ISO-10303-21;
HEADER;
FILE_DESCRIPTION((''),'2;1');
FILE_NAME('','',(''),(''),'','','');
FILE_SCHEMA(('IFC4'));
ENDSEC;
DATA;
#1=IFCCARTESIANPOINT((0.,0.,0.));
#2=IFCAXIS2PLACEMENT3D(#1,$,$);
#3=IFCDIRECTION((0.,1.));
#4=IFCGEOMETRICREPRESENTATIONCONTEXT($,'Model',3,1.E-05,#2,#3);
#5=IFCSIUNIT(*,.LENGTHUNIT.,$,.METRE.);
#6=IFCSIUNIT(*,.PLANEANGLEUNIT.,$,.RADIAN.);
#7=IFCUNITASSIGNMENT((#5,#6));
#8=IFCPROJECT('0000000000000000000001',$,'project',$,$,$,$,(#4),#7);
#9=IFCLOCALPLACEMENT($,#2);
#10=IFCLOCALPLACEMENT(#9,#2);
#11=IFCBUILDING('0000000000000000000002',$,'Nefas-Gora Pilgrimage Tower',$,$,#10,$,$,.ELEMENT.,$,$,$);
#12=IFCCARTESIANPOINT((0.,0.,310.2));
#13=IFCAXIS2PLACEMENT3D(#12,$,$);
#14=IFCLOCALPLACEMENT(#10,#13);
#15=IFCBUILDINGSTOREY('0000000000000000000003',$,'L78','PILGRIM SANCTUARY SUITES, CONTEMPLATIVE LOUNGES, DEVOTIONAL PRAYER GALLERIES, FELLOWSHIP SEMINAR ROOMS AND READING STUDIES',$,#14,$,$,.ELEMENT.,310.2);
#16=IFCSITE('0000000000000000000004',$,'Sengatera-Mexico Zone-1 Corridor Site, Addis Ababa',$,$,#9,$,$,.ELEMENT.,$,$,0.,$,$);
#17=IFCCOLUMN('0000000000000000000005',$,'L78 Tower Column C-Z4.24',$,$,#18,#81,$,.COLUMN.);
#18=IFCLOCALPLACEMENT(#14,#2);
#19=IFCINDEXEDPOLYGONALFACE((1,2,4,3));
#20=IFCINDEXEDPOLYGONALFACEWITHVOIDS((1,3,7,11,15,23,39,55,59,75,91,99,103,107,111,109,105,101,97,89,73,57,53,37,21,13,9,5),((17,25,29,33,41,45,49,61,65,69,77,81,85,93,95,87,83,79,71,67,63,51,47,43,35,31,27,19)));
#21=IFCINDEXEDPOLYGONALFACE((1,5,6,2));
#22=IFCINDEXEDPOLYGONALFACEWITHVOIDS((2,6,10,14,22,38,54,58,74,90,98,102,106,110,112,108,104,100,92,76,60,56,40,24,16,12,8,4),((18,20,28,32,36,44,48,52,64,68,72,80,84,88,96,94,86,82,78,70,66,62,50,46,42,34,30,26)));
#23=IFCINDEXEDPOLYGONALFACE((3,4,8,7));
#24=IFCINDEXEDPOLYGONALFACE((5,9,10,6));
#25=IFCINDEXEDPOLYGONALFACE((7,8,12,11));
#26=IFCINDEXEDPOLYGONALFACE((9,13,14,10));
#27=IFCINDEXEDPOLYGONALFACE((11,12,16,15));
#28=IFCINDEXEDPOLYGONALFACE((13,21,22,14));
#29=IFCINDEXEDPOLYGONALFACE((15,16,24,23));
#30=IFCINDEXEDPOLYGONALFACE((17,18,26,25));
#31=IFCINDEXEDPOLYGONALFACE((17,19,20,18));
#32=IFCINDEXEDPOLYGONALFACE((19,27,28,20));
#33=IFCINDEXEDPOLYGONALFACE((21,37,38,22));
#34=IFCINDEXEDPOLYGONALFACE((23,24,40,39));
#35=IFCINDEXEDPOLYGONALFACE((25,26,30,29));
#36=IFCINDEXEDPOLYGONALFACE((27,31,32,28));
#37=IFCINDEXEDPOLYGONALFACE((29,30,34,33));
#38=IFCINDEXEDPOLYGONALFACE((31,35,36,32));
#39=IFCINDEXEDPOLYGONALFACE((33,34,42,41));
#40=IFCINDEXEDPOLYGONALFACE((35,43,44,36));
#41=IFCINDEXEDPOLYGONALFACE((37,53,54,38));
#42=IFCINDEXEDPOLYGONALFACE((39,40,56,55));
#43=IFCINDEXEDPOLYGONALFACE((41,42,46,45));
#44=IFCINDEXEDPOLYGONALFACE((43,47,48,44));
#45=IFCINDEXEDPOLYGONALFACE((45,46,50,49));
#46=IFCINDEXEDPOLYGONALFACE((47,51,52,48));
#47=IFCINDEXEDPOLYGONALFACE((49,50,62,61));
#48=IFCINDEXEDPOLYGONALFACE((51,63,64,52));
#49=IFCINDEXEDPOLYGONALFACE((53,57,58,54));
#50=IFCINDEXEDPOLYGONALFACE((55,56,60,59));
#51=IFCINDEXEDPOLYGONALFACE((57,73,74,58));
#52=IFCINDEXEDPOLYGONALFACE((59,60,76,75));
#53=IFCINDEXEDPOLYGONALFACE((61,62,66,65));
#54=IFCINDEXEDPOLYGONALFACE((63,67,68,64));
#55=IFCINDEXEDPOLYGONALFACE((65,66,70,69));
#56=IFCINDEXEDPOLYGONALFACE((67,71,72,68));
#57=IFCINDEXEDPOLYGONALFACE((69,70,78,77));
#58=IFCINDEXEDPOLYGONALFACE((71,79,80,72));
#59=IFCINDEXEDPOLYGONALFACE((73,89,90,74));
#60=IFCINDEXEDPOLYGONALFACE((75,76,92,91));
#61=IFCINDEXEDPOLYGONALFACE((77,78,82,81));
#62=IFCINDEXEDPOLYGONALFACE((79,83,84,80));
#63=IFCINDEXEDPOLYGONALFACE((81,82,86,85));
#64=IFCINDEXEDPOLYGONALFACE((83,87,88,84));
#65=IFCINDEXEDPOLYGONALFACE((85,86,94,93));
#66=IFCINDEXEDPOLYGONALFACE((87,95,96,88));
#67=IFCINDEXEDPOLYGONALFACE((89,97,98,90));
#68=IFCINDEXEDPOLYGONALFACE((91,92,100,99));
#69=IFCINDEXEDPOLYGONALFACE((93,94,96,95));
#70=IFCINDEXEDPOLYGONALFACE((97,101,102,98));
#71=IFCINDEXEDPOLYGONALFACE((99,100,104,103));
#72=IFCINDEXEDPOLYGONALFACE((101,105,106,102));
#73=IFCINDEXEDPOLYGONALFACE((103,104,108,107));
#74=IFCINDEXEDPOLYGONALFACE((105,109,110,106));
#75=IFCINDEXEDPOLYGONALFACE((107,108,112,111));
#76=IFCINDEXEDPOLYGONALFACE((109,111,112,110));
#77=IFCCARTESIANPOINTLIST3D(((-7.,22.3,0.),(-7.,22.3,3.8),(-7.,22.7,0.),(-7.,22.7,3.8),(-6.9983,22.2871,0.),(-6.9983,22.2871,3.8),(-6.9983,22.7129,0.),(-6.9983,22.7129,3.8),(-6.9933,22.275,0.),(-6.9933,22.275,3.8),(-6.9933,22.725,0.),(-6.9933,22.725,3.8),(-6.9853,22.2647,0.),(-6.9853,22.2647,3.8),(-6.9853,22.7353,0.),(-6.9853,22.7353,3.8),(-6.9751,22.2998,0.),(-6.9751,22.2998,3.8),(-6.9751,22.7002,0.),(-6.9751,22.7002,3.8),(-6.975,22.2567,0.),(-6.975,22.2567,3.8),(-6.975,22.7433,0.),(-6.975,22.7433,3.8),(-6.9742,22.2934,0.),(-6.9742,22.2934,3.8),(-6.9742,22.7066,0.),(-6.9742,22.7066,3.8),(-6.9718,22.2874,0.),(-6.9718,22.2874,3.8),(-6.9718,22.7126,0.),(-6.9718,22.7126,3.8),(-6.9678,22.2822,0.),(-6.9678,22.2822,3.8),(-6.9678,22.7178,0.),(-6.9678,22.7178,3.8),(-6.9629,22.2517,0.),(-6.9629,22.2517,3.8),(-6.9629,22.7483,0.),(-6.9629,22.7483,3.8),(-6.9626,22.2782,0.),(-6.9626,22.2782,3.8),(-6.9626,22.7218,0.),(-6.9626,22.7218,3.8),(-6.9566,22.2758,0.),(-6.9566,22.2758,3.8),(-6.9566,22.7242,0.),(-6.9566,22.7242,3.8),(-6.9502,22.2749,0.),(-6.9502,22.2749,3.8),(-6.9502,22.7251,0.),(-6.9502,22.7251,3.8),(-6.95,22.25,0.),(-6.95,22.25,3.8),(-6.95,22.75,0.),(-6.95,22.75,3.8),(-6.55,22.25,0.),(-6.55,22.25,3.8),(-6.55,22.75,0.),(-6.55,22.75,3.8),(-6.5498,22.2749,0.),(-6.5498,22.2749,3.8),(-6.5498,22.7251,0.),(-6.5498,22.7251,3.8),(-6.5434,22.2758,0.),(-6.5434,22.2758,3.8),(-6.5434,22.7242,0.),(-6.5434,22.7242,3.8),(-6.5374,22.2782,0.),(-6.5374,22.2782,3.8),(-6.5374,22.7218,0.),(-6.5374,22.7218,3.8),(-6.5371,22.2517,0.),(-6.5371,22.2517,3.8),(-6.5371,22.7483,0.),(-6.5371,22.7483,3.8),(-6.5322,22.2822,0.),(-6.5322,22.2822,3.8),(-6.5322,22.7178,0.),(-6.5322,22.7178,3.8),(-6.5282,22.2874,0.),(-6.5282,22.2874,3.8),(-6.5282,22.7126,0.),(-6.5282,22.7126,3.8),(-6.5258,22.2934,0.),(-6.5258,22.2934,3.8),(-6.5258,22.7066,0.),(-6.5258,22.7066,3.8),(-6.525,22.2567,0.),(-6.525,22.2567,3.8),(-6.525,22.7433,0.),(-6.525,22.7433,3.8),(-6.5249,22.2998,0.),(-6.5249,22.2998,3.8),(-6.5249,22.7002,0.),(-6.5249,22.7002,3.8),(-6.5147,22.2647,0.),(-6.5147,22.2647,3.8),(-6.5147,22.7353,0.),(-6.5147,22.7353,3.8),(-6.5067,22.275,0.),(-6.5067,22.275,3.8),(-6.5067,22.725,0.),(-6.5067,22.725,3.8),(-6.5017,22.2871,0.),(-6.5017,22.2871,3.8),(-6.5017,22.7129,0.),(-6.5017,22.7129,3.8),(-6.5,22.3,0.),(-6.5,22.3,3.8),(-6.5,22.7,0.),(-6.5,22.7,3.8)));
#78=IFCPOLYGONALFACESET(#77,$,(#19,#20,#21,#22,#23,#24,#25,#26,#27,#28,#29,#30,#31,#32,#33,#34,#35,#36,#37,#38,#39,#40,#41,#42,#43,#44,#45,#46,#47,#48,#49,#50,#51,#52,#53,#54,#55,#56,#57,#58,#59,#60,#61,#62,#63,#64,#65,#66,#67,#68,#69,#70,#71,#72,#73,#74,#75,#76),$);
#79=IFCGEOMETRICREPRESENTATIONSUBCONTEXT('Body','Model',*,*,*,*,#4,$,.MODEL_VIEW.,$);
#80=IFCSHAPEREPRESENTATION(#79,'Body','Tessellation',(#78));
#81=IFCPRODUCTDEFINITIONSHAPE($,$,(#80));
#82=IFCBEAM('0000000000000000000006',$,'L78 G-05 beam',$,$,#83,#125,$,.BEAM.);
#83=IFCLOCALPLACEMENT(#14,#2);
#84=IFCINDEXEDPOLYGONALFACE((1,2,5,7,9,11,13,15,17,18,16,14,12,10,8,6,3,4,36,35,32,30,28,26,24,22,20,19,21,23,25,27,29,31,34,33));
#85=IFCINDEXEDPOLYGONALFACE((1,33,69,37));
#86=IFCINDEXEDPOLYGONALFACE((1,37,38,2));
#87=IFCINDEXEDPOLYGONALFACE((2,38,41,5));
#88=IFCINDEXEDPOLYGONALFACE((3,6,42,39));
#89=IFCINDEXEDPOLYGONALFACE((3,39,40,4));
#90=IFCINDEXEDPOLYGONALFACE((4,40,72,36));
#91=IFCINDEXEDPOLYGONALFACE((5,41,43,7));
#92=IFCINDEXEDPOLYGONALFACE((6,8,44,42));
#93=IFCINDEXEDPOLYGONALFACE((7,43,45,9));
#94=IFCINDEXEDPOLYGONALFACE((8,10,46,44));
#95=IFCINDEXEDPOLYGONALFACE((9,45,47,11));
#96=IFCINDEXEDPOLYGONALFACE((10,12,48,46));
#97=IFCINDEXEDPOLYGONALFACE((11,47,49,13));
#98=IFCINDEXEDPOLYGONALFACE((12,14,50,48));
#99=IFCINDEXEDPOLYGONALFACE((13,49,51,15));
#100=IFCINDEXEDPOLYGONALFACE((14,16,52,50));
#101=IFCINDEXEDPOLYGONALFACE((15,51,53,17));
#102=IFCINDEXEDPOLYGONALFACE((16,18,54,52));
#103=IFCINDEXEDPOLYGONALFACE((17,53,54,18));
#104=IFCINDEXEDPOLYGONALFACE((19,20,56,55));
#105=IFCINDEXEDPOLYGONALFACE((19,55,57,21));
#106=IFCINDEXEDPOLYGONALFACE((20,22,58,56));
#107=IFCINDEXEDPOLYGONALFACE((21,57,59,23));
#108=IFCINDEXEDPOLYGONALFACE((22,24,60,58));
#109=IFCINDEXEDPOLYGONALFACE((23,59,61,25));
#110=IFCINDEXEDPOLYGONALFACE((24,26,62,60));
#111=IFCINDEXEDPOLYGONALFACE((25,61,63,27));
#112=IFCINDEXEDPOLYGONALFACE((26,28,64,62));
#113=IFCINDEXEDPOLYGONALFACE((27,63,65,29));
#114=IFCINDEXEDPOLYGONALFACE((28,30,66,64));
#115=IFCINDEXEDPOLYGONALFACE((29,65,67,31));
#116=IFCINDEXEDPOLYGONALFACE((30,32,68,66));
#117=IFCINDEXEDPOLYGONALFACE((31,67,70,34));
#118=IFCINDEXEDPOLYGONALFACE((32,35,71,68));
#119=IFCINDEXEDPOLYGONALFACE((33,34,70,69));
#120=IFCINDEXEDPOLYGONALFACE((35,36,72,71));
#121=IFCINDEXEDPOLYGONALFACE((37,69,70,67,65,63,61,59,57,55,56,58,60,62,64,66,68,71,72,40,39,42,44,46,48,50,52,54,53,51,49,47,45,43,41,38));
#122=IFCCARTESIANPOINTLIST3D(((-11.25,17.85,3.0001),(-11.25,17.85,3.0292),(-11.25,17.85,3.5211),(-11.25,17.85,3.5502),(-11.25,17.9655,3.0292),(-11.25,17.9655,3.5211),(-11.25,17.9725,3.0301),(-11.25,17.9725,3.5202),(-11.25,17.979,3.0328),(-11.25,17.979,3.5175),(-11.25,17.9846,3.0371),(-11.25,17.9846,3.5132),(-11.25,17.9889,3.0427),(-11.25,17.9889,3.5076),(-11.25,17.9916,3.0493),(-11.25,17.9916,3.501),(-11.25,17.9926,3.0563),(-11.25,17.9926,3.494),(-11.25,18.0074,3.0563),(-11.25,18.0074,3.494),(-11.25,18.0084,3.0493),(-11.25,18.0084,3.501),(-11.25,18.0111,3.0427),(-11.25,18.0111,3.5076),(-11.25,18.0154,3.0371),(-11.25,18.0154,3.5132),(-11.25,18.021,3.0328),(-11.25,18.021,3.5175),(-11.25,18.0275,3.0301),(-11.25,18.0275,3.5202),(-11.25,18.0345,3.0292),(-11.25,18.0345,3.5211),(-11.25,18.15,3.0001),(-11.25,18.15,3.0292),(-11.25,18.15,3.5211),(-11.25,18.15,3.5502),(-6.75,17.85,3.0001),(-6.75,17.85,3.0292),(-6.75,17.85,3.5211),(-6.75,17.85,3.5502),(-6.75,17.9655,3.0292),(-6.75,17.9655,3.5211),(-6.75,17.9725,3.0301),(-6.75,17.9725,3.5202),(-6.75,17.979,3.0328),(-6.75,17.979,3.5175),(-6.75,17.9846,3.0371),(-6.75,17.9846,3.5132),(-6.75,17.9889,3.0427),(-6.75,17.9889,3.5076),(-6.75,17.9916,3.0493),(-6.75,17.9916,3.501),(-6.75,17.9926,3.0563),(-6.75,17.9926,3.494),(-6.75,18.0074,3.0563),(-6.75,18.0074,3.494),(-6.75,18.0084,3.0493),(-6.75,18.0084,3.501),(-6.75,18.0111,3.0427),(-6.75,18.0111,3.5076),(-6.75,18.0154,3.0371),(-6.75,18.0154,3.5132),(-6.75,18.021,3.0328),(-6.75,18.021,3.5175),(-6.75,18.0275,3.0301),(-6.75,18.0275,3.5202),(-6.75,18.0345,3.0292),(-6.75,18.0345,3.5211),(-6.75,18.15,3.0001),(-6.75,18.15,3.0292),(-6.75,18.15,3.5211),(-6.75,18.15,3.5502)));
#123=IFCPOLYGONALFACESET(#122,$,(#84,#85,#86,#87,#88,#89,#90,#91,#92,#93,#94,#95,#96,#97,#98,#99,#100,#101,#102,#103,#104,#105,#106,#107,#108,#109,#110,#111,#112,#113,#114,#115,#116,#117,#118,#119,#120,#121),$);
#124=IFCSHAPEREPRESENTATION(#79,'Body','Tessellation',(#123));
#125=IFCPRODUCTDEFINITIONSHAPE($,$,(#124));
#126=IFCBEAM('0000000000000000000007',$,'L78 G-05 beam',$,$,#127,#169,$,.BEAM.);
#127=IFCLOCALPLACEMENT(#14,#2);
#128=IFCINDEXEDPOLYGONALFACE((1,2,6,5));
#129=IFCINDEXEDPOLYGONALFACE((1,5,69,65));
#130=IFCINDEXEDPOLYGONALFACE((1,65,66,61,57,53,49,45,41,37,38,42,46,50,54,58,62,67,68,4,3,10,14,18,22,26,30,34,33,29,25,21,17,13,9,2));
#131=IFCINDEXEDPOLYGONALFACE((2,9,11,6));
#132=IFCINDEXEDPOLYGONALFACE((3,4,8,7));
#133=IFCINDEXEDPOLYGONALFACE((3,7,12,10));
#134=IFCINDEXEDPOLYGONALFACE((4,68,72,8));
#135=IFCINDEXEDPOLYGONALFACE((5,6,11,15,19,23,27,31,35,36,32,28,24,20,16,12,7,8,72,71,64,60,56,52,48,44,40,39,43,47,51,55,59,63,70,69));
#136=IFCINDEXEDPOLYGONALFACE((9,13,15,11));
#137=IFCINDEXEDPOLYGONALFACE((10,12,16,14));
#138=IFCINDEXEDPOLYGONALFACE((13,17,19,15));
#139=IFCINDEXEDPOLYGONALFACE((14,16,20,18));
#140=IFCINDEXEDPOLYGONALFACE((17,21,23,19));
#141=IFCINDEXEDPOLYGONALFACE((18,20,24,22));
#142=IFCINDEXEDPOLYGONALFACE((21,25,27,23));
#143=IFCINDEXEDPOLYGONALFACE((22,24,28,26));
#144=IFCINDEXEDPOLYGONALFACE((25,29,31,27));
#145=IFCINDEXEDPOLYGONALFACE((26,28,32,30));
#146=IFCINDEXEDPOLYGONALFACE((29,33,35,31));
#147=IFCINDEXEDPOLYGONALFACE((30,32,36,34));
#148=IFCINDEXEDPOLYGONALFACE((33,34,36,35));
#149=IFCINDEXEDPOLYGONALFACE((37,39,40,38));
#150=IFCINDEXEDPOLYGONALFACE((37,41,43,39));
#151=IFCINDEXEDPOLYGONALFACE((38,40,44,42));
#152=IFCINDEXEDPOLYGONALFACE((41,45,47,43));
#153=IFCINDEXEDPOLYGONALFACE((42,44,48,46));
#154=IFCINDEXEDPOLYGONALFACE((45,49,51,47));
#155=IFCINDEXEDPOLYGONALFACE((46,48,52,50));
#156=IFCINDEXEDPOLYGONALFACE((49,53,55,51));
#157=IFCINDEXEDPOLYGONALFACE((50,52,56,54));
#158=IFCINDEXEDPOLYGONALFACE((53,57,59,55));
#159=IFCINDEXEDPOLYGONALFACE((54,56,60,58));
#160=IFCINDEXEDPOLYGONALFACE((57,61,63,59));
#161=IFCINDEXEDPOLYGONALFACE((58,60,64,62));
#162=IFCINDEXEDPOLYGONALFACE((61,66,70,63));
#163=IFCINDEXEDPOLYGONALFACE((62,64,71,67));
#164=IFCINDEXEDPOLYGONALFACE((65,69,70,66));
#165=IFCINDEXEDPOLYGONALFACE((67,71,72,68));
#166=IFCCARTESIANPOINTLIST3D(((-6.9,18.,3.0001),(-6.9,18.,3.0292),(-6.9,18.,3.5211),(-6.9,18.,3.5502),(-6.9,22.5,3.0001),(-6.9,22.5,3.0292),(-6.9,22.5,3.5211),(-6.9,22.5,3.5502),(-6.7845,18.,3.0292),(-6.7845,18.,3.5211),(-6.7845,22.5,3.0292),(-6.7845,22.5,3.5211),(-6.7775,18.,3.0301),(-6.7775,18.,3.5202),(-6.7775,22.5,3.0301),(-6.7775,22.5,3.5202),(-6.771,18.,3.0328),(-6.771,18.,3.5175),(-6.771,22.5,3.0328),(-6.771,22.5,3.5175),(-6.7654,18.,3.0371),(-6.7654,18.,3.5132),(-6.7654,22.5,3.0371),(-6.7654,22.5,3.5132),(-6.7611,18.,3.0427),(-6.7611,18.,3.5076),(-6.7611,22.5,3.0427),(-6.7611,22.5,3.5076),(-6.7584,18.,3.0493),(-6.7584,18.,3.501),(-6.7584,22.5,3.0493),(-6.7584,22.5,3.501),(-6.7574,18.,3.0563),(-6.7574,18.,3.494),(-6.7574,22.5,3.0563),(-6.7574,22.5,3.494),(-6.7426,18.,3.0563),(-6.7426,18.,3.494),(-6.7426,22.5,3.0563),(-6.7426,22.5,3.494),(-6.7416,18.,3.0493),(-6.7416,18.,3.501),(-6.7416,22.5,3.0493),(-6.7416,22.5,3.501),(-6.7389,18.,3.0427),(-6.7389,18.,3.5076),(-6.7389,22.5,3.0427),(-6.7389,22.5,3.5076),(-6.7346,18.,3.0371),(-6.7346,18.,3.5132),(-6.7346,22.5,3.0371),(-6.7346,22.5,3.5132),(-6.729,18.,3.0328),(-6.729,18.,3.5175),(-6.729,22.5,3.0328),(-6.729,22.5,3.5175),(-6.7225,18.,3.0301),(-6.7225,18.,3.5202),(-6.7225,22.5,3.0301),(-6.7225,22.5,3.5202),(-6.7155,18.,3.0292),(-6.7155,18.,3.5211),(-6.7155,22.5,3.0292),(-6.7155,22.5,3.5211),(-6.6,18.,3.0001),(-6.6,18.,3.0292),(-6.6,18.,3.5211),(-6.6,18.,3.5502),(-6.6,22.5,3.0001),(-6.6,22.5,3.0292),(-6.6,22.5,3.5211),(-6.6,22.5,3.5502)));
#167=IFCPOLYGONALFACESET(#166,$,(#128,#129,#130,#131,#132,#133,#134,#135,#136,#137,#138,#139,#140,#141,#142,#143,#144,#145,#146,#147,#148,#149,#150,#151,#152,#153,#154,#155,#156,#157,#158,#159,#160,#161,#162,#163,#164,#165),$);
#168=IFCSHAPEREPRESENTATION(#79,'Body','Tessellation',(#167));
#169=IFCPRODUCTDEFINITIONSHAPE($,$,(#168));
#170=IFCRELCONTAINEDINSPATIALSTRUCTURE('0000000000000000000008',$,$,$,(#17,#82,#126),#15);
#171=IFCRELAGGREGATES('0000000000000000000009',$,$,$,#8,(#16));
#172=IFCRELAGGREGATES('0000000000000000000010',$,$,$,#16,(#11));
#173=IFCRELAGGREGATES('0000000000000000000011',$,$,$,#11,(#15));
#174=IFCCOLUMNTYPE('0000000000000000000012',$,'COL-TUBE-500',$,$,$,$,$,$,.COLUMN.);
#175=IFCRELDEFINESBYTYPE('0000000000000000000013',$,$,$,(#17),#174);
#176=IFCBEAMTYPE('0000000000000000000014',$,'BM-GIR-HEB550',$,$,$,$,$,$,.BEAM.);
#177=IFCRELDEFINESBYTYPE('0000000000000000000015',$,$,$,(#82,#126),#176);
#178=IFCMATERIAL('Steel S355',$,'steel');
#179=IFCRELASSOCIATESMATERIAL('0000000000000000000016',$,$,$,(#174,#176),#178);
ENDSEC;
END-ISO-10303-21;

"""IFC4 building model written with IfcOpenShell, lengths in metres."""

from ifc_helpers import new_model, si_unit, direction, frame, origin, origin_2d, place, context, subcontext, project, spatial, hollow_rectangle, i_section, extrude, source, transform, mapped, material, material_profile, profile_set, type_object, element, save


model = new_model("IFC4")

# Units and contexts
model_context = context("Model", 3, precision=1e-05, world=origin(), true_north=direction((0.0, 1.0)))
body_context = subcontext(model_context, "Body", "Model", "MODEL_VIEW")
ifc_project = project(units=[si_unit("LENGTHUNIT", "METRE"), si_unit("PLANEANGLEUNIT", "RADIAN")], contexts=[model_context])

# Site, building, storey
site_placement = place(None, origin())
site = spatial("IfcSite", under=ifc_project, at=site_placement, Name="Sengatera-Mexico Zone-1 Corridor Site, Addis Ababa", CompositionType="ELEMENT", RefElevation=0.0)
building_placement = place(site_placement, origin())
building = spatial("IfcBuilding", under=site, at=building_placement, Name="Nefas-Gora Pilgrimage Tower", CompositionType="ELEMENT")
storey_placement = place(building_placement, frame((0.0, 0.0, 310.2)))
storey = spatial("IfcBuildingStorey", under=building, at=storey_placement, Name="L78", Description="PILGRIM SANCTUARY SUITES, CONTEMPLATIVE LOUNGES, DEVOTIONAL PRAYER GALLERIES, FELLOWSHIP SEMINAR ROOMS AND READING STUDIES", CompositionType="ELEMENT", Elevation=310.2)

# Column
ifc_material_1 = material(Name="Steel S355", Category="steel")
ifc_material_profile_1 = material_profile(ifc_material_1, hollow_rectangle(XDim=0.5, YDim=0.5, WallThickness=0.0249, InnerFilletRadius=0.0249, OuterFilletRadius=0.05, at=origin_2d()), Name="SHS 500x500x25")
ifc_profile_set_1 = profile_set([ifc_material_profile_1], Name="Steel S355")
column_type_1 = type_object("IfcColumnType", Name="COL-TUBE-500", PredefinedType="COLUMN", material=ifc_profile_set_1)
shared_shape_1 = source(origin(), body_context, "Body", "SweptSolid", [
    extrude(hollow_rectangle(XDim=0.5, YDim=0.5, WallThickness=0.0249, InnerFilletRadius=0.0249, OuterFilletRadius=0.05, at=origin_2d()), origin(), (0.0, 0.0, 1.0), 3.8),
])
column_placement = place(storey_placement, frame((-6.75, 22.5, 0.0), z_axis=(0.0, 0.0, 1.0), x_axis=(1.0, 0.0, 0.0)))
element("IfcColumn", 1, at=column_placement, inside=storey, type_object=column_type_1, Name="L78 Tower Column C-Z4.24", PredefinedType="COLUMN", context=body_context, shape_type="MappedRepresentation", body=[
    mapped(shared_shape_1, transform((0.0, 0.0, 0.0), x_axis=(1.0, 0.0, 0.0), y_axis=(0.0, 1.0, 0.0), z_axis=(0.0, 0.0, 1.0), scale=1.0)),
])

# Beams
ifc_material_profile_2 = material_profile(ifc_material_1, i_section(OverallWidth=0.3, OverallDepth=0.55, WebThickness=0.0149, FlangeThickness=0.0291, FilletRadius=0.0271, at=origin_2d()), Name="HEB 550")
ifc_profile_set_2 = profile_set([ifc_material_profile_2], Name="Steel S355")
beam_type = type_object("IfcBeamType", Name="BM-GIR-HEB550", PredefinedType="BEAM", material=ifc_profile_set_2)
shared_shape_2 = source(origin(), body_context, "Body", "SweptSolid", [
    extrude(i_section(OverallWidth=0.3, OverallDepth=0.55, WebThickness=0.0149, FlangeThickness=0.0291, FilletRadius=0.0271, at=origin_2d()), origin(), (0.0, 0.0, 1.0), 4.5),
])
for number, where, z_axis, x_axis, name in (
    (2, (-11.25, 18.0, 3.2751), (1.0, 0.0, 0.0), (0.0, 1.0, 0.0), "L78 G-05 beam"),
    (3, (-6.75, 18.0, 3.2751), (0.0, 1.0, 0.0), (-1.0, 0.0, 0.0), "L78 G-05 beam"),
):
    element("IfcBeam", number, at=place(storey_placement, frame(where, z_axis=z_axis, x_axis=x_axis)), inside=storey, type_object=beam_type, Name=name, PredefinedType="BEAM", context=body_context, shape_type="MappedRepresentation", body=[
        mapped(shared_shape_2, transform((0.0, 0.0, 0.0), x_axis=(1.0, 0.0, 0.0), y_axis=(0.0, 1.0, 0.0), z_axis=(0.0, 0.0, 1.0), scale=1.0)),
    ])

save(model, "model.ifc")
